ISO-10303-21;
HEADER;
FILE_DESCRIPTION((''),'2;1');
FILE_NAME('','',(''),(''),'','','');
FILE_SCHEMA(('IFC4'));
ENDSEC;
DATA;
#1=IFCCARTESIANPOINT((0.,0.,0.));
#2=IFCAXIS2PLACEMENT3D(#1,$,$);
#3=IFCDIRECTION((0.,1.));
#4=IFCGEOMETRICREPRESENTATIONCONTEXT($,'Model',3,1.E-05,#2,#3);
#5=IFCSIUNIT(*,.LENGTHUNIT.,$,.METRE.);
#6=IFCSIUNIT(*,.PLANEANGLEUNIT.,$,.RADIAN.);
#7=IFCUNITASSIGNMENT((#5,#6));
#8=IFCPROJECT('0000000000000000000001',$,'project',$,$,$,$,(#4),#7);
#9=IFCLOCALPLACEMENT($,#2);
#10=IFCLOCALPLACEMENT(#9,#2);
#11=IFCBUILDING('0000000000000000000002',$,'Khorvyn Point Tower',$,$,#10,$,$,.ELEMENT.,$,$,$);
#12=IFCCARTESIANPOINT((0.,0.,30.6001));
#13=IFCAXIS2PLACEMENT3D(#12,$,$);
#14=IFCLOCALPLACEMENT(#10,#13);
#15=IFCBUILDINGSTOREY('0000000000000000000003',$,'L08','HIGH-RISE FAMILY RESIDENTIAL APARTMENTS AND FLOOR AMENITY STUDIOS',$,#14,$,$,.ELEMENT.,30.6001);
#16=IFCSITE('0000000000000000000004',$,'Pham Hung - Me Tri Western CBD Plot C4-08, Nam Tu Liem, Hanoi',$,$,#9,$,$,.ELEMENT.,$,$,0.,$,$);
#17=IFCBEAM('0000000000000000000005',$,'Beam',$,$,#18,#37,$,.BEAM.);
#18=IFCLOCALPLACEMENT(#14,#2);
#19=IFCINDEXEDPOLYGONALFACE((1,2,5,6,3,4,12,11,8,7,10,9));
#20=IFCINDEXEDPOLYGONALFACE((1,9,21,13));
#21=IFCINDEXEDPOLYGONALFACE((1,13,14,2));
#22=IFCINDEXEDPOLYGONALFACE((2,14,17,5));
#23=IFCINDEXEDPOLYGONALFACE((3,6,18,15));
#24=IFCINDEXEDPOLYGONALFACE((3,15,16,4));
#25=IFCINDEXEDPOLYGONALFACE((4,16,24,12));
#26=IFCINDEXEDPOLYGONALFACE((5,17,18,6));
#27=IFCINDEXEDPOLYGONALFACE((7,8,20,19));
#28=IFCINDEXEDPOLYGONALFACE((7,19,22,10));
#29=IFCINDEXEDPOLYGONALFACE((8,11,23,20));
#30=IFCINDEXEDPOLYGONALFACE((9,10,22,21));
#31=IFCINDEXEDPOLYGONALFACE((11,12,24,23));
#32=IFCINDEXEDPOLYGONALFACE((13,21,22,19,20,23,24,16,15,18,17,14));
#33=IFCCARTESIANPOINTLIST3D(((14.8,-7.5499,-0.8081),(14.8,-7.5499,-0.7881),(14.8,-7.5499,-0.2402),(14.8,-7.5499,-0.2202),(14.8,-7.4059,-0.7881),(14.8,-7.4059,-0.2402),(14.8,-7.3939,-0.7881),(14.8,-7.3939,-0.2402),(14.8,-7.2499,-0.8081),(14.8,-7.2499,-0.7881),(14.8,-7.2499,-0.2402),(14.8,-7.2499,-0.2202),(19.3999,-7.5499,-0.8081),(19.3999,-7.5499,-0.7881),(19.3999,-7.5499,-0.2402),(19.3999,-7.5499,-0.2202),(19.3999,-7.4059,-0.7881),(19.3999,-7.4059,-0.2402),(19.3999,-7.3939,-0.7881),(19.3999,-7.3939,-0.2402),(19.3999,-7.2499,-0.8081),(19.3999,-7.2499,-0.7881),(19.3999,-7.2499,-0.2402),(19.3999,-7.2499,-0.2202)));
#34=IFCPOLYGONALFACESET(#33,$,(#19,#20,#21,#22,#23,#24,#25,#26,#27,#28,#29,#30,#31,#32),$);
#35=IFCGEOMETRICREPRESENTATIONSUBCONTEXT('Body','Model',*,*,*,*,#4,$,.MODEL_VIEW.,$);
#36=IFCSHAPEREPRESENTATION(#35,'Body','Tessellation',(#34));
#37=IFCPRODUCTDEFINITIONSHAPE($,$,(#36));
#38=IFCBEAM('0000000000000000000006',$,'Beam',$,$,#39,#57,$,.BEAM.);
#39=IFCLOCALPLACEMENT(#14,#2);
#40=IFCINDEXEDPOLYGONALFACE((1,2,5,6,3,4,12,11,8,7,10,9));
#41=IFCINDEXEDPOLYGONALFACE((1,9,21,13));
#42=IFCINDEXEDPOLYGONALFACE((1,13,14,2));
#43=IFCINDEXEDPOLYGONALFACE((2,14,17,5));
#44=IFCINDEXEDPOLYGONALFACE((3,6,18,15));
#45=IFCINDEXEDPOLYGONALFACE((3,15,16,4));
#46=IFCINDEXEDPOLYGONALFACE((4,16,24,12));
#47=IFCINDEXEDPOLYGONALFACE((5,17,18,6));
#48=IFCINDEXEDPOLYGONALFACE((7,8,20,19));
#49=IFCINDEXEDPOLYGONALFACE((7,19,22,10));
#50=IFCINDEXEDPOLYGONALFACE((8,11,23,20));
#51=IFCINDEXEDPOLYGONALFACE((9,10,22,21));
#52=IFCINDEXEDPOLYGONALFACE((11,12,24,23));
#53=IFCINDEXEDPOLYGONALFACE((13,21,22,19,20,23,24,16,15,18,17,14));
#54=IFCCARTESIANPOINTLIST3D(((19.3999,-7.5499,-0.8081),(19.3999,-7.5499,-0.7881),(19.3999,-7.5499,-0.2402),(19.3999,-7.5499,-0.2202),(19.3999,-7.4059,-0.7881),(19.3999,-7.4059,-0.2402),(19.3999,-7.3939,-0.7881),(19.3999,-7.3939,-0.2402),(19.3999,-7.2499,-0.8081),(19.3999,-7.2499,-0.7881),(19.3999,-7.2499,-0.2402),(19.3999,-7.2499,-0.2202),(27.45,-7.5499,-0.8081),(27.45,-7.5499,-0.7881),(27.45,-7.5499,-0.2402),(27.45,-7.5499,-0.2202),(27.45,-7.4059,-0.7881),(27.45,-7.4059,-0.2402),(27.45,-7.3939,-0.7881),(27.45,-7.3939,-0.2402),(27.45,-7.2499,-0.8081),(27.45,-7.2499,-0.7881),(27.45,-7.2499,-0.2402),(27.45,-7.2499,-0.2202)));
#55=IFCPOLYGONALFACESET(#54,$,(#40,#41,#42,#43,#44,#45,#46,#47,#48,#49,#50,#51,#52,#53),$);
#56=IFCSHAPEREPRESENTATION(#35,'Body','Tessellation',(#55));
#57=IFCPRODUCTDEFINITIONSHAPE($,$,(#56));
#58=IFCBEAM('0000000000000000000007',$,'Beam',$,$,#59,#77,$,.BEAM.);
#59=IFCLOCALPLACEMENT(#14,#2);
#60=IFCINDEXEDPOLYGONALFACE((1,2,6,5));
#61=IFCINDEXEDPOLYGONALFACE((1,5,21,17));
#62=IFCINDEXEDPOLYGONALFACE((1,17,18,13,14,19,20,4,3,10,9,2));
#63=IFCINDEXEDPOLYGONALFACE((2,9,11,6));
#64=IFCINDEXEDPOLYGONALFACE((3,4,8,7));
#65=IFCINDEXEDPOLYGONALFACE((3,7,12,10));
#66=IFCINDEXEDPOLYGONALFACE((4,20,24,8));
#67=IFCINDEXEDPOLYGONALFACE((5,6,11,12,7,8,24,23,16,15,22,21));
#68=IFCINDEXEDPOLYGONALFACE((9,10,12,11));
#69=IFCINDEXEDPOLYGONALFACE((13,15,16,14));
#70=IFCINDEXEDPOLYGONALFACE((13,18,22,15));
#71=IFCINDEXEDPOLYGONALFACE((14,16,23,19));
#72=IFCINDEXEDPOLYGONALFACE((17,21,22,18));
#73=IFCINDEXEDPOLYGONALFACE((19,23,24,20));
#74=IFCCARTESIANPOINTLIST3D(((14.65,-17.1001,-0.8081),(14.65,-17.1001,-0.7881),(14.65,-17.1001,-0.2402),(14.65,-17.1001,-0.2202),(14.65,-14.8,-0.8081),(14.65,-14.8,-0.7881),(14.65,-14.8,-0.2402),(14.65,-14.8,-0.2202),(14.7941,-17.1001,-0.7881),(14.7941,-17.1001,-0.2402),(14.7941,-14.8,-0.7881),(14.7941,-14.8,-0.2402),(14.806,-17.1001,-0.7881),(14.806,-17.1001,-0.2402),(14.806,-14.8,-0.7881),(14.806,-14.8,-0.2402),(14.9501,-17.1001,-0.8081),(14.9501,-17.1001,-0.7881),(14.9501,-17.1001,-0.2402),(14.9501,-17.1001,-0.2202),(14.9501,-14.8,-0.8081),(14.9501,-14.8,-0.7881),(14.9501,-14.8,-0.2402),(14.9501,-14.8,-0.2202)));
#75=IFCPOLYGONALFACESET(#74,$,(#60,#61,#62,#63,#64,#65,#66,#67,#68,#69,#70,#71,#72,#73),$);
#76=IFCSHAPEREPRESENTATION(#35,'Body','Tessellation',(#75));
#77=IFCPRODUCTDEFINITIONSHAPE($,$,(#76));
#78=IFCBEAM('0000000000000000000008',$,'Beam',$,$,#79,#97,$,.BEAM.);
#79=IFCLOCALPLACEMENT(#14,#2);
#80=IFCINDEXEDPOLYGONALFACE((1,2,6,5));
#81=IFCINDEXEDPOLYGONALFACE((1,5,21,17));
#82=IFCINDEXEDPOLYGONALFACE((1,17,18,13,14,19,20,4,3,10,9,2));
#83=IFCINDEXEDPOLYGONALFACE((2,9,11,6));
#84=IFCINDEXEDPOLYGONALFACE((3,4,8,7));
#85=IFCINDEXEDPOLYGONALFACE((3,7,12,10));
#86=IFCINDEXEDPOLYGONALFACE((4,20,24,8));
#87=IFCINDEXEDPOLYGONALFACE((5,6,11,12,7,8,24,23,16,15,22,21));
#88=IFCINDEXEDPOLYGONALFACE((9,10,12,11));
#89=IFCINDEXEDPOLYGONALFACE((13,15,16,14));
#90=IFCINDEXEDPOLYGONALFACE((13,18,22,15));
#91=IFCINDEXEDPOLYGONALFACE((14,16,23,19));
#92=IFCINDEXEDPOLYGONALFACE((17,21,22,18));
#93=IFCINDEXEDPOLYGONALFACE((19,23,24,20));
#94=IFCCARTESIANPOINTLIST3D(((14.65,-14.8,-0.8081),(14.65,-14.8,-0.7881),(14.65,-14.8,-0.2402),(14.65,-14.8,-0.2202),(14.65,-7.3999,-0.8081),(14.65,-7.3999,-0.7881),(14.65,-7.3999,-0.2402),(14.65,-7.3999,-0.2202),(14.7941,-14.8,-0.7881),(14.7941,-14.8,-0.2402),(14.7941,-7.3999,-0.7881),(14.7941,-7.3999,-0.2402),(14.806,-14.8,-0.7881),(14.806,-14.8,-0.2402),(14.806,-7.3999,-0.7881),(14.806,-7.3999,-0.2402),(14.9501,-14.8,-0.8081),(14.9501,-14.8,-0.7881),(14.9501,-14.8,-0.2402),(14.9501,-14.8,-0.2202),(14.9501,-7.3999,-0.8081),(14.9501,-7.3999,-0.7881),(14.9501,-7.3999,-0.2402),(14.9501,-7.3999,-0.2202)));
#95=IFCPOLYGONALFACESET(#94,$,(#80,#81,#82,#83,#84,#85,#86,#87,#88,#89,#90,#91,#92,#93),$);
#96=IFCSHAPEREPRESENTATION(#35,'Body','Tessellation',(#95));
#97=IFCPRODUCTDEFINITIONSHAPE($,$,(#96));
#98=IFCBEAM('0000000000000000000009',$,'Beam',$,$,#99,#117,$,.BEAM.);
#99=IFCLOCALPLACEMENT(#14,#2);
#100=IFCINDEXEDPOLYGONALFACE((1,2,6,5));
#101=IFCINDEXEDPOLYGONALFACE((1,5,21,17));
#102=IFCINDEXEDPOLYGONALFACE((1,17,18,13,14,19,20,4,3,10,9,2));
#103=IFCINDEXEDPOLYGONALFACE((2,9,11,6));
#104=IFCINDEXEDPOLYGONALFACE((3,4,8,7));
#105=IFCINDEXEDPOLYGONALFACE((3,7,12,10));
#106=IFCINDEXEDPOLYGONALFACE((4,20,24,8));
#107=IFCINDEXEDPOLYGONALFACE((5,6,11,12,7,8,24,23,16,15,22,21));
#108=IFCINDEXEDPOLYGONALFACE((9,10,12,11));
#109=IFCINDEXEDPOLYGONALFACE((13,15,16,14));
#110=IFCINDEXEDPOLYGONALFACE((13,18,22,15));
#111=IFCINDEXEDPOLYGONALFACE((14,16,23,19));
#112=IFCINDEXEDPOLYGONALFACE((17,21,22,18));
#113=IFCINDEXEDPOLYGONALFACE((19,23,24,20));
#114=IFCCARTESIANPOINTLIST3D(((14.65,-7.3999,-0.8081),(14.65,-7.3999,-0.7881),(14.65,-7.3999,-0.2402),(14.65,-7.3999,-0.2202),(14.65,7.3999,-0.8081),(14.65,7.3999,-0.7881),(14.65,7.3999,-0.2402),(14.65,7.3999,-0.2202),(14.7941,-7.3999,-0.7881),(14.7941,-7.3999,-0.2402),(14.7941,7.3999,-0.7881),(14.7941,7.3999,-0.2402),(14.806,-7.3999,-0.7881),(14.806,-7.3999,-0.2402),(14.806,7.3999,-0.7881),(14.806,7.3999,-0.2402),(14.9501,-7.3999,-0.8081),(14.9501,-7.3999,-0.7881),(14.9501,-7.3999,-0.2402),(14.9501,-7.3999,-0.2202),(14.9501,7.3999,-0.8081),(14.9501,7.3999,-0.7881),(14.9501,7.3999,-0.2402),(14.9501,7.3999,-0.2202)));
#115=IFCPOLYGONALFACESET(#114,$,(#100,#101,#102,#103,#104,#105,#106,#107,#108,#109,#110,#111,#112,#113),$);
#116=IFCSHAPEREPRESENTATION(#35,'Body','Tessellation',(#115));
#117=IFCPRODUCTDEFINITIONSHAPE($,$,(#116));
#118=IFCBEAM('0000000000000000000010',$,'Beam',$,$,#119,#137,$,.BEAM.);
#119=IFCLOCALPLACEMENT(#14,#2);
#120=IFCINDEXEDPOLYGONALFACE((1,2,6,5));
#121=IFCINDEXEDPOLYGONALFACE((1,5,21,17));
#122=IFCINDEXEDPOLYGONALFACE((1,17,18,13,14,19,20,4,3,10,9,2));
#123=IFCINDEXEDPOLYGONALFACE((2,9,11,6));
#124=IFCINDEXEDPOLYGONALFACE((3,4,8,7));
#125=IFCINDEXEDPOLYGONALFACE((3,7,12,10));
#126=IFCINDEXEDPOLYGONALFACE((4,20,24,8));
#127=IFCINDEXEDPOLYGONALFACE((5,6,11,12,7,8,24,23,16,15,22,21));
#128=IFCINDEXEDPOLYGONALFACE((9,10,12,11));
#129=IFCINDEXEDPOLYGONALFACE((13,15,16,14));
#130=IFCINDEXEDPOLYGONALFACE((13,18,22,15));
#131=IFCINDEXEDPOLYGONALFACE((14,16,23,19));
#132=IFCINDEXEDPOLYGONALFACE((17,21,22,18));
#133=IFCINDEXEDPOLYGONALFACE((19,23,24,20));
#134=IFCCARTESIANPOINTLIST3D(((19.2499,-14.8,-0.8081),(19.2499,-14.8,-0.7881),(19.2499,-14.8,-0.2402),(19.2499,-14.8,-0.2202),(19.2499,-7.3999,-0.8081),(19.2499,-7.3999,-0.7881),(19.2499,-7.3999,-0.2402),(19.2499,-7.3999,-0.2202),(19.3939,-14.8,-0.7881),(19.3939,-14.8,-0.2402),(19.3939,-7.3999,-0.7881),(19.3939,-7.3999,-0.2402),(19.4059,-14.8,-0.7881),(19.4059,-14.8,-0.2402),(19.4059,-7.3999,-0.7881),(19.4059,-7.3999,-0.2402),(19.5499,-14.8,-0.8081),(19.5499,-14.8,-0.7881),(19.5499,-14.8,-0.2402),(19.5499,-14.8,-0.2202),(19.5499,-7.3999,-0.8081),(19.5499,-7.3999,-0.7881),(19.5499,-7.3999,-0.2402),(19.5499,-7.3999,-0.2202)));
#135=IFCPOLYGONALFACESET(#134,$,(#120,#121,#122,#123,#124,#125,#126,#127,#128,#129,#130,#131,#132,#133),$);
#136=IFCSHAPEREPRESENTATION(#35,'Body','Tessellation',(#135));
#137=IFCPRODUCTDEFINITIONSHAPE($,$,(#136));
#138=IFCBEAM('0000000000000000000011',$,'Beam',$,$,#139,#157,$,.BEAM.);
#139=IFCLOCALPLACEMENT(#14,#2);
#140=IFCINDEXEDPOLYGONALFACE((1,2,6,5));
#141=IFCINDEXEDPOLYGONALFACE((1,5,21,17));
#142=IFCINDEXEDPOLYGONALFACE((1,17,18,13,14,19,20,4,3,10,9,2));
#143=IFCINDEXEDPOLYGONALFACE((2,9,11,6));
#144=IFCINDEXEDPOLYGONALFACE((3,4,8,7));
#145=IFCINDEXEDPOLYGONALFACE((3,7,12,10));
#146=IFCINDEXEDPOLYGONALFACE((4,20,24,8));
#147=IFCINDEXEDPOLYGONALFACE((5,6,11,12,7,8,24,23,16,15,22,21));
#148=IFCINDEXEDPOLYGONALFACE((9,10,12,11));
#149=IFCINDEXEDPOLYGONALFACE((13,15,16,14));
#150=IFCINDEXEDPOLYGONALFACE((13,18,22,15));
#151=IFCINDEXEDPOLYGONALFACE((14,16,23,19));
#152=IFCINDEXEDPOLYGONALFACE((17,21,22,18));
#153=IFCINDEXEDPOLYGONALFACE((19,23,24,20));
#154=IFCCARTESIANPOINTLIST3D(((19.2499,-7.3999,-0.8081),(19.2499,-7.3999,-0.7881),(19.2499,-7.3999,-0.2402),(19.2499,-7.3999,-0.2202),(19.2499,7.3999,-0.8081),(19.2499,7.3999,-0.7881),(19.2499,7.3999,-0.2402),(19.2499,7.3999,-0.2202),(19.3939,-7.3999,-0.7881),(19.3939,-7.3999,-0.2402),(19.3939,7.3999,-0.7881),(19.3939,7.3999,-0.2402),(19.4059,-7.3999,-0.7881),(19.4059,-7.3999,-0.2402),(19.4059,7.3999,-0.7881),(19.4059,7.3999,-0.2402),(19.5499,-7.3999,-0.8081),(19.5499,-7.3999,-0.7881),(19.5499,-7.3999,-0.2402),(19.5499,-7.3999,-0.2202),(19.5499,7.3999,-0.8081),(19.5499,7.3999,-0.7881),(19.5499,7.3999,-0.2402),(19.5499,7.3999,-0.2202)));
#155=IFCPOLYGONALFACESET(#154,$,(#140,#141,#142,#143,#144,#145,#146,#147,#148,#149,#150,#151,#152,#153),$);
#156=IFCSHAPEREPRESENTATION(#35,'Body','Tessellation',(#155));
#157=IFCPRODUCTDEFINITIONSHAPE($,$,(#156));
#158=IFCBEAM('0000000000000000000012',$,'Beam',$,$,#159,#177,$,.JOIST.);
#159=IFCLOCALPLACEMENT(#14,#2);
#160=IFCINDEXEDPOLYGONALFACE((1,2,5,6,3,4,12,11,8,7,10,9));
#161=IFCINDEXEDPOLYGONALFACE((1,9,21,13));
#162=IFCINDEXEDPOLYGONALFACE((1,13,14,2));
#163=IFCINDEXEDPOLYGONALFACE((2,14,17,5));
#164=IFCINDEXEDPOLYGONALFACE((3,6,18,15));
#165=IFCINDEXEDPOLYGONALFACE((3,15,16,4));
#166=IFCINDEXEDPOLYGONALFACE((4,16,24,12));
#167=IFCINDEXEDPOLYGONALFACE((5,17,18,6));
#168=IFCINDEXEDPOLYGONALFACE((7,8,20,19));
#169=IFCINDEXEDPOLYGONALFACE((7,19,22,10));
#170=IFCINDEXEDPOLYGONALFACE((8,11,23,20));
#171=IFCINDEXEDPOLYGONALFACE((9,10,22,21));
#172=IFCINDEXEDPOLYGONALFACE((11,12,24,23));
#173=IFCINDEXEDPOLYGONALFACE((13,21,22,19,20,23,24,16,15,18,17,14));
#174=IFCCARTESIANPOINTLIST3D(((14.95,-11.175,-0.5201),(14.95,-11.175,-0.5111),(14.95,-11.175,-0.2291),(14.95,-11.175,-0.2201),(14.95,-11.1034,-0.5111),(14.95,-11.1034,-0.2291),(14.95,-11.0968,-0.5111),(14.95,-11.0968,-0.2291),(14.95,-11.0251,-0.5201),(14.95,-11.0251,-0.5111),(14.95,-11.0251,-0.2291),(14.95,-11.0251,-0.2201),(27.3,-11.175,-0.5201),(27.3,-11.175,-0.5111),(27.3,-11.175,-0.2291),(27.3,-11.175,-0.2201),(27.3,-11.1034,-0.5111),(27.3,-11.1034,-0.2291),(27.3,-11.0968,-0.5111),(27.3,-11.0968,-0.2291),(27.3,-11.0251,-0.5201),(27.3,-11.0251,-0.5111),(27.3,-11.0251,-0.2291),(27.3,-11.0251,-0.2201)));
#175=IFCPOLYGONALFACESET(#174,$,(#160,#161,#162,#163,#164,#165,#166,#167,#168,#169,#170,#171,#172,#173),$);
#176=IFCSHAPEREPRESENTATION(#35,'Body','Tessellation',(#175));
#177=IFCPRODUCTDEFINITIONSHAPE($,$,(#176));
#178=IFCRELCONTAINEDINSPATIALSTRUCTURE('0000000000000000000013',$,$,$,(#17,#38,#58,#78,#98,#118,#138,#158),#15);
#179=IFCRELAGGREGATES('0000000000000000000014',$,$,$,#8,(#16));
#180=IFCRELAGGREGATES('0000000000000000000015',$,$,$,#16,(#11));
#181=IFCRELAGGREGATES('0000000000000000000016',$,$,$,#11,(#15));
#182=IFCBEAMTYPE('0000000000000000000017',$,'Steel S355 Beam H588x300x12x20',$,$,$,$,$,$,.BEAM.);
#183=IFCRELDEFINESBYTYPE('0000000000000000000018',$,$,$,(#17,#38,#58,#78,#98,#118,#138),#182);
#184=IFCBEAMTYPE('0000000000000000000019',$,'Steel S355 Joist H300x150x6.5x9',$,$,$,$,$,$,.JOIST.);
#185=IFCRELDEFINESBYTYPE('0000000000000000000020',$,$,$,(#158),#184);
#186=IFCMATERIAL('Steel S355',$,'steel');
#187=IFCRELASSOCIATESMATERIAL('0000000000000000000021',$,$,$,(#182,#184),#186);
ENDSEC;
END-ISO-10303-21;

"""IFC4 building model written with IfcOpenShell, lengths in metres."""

from ifc_helpers import new_model, si_unit, direction, frame, origin, origin_2d, place, context, subcontext, project, spatial, i_section, extrude, material, material_profile, profile_set, type_object, element, save


model = new_model("IFC4")

# Units and contexts
model_context = context("Model", 3, precision=1e-05, world=origin(), true_north=direction((0.0, 1.0)))
body_context = subcontext(model_context, "Body", "Model", "MODEL_VIEW")
ifc_project = project(units=[si_unit("LENGTHUNIT", "METRE"), si_unit("PLANEANGLEUNIT", "RADIAN")], contexts=[model_context])

# Site, building, storey
site_placement = place(None, origin())
site = spatial("IfcSite", under=ifc_project, at=site_placement, Name="Pham Hung - Me Tri Western CBD Plot C4-08, Nam Tu Liem, Hanoi", CompositionType="ELEMENT", RefElevation=0.0)
building_placement = place(site_placement, origin())
building = spatial("IfcBuilding", under=site, at=building_placement, Name="Khorvyn Point Tower", CompositionType="ELEMENT")
storey_placement = place(building_placement, frame((0.0, 0.0, 30.6001)))
storey = spatial("IfcBuildingStorey", under=building, at=storey_placement, Name="L08", Description="HIGH-RISE FAMILY RESIDENTIAL APARTMENTS AND FLOOR AMENITY STUDIOS", CompositionType="ELEMENT", Elevation=30.6001)

# Beams
ifc_material_1 = material(Name="Steel S355", Category="steel")
ifc_material_profile_1 = material_profile(ifc_material_1, i_section(OverallWidth=0.3, OverallDepth=0.5879, WebThickness=0.012, FlangeThickness=0.02, at=origin_2d()))
ifc_profile_set_1 = profile_set([ifc_material_profile_1], Name="Steel S355 H588x300x12x20")
beam_type_1 = type_object("IfcBeamType", Name="Steel S355 Beam H588x300x12x20", PredefinedType="BEAM", material=ifc_profile_set_1)
beam_1_placement = place(storey_placement, frame((14.8, -7.3999, -0.5142), z_axis=(1.0, 0.0, 0.0), x_axis=(0.0, 1.0, 0.0)))
element("IfcBeam", 1, at=beam_1_placement, inside=storey, type_object=beam_type_1, Name="Beam", PredefinedType="BEAM", context=body_context, shape_type="SweptSolid", body=[
    extrude(i_section(OverallWidth=0.3, OverallDepth=0.5879, WebThickness=0.012, FlangeThickness=0.02, at=origin_2d()), origin(), (0.0, 0.0, 1.0), 4.5999),
])
beam_2_placement = place(storey_placement, frame((19.3999, -7.3999, -0.5142), z_axis=(1.0, 0.0, 0.0), x_axis=(0.0, 1.0, 0.0)))
element("IfcBeam", 2, at=beam_2_placement, inside=storey, type_object=beam_type_1, Name="Beam", PredefinedType="BEAM", context=body_context, shape_type="SweptSolid", body=[
    extrude(i_section(OverallWidth=0.3, OverallDepth=0.5879, WebThickness=0.012, FlangeThickness=0.02, at=origin_2d()), origin(), (0.0, 0.0, 1.0), 8.05),
])
beam_3_placement = place(storey_placement, frame((14.8, -17.1001, -0.5142), z_axis=(0.0, 1.0, 0.0), x_axis=(-1.0, 0.0, 0.0)))
element("IfcBeam", 3, at=beam_3_placement, inside=storey, type_object=beam_type_1, Name="Beam", PredefinedType="BEAM", context=body_context, shape_type="SweptSolid", body=[
    extrude(i_section(OverallWidth=0.3, OverallDepth=0.5879, WebThickness=0.012, FlangeThickness=0.02, at=origin_2d()), origin(), (0.0, 0.0, 1.0), 2.3),
])
beam_4_placement = place(storey_placement, frame((14.8, -14.8, -0.5142), z_axis=(0.0, 1.0, 0.0), x_axis=(-1.0, 0.0, 0.0)))
element("IfcBeam", 4, at=beam_4_placement, inside=storey, type_object=beam_type_1, Name="Beam", PredefinedType="BEAM", context=body_context, shape_type="SweptSolid", body=[
    extrude(i_section(OverallWidth=0.3, OverallDepth=0.5879, WebThickness=0.012, FlangeThickness=0.02, at=origin_2d()), origin(), (0.0, 0.0, 1.0), 7.4001),
])
beam_5_placement = place(storey_placement, frame((14.8, -7.3999, -0.5142), z_axis=(0.0, 1.0, 0.0), x_axis=(-1.0, 0.0, 0.0)))
element("IfcBeam", 5, at=beam_5_placement, inside=storey, type_object=beam_type_1, Name="Beam", PredefinedType="BEAM", context=body_context, shape_type="SweptSolid", body=[
    extrude(i_section(OverallWidth=0.3, OverallDepth=0.5879, WebThickness=0.012, FlangeThickness=0.02, at=origin_2d()), origin(), (0.0, 0.0, 1.0), 14.7998),
])
beam_6_placement = place(storey_placement, frame((19.3999, -14.8, -0.5142), z_axis=(0.0, 1.0, 0.0), x_axis=(-1.0, 0.0, 0.0)))
element("IfcBeam", 6, at=beam_6_placement, inside=storey, type_object=beam_type_1, Name="Beam", PredefinedType="BEAM", context=body_context, shape_type="SweptSolid", body=[
    extrude(i_section(OverallWidth=0.3, OverallDepth=0.5879, WebThickness=0.012, FlangeThickness=0.02, at=origin_2d()), origin(), (0.0, 0.0, 1.0), 7.4001),
])
beam_7_placement = place(storey_placement, frame((19.3999, -7.3999, -0.5142), z_axis=(0.0, 1.0, 0.0), x_axis=(-1.0, 0.0, 0.0)))
element("IfcBeam", 7, at=beam_7_placement, inside=storey, type_object=beam_type_1, Name="Beam", PredefinedType="BEAM", context=body_context, shape_type="SweptSolid", body=[
    extrude(i_section(OverallWidth=0.3, OverallDepth=0.5879, WebThickness=0.012, FlangeThickness=0.02, at=origin_2d()), origin(), (0.0, 0.0, 1.0), 14.7998),
])
ifc_material_profile_2 = material_profile(ifc_material_1, i_section(OverallWidth=0.1499, OverallDepth=0.3, WebThickness=0.0066, FlangeThickness=0.009, at=origin_2d()))
ifc_profile_set_2 = profile_set([ifc_material_profile_2], Name="Steel S355 H300x150x6.5x9")
beam_type_2 = type_object("IfcBeamType", Name="Steel S355 Joist H300x150x6.5x9", PredefinedType="JOIST", material=ifc_profile_set_2)
beam_8_placement = place(storey_placement, frame((14.95, -11.1001, -0.3701), z_axis=(1.0, 0.0, 0.0), x_axis=(0.0, 1.0, 0.0)))
element("IfcBeam", 8, at=beam_8_placement, inside=storey, type_object=beam_type_2, Name="Beam", PredefinedType="JOIST", context=body_context, shape_type="SweptSolid", body=[
    extrude(i_section(OverallWidth=0.1499, OverallDepth=0.3, WebThickness=0.0066, FlangeThickness=0.009, at=origin_2d()), origin(), (0.0, 0.0, 1.0), 12.3501),
])

save(model, "model.ifc")
